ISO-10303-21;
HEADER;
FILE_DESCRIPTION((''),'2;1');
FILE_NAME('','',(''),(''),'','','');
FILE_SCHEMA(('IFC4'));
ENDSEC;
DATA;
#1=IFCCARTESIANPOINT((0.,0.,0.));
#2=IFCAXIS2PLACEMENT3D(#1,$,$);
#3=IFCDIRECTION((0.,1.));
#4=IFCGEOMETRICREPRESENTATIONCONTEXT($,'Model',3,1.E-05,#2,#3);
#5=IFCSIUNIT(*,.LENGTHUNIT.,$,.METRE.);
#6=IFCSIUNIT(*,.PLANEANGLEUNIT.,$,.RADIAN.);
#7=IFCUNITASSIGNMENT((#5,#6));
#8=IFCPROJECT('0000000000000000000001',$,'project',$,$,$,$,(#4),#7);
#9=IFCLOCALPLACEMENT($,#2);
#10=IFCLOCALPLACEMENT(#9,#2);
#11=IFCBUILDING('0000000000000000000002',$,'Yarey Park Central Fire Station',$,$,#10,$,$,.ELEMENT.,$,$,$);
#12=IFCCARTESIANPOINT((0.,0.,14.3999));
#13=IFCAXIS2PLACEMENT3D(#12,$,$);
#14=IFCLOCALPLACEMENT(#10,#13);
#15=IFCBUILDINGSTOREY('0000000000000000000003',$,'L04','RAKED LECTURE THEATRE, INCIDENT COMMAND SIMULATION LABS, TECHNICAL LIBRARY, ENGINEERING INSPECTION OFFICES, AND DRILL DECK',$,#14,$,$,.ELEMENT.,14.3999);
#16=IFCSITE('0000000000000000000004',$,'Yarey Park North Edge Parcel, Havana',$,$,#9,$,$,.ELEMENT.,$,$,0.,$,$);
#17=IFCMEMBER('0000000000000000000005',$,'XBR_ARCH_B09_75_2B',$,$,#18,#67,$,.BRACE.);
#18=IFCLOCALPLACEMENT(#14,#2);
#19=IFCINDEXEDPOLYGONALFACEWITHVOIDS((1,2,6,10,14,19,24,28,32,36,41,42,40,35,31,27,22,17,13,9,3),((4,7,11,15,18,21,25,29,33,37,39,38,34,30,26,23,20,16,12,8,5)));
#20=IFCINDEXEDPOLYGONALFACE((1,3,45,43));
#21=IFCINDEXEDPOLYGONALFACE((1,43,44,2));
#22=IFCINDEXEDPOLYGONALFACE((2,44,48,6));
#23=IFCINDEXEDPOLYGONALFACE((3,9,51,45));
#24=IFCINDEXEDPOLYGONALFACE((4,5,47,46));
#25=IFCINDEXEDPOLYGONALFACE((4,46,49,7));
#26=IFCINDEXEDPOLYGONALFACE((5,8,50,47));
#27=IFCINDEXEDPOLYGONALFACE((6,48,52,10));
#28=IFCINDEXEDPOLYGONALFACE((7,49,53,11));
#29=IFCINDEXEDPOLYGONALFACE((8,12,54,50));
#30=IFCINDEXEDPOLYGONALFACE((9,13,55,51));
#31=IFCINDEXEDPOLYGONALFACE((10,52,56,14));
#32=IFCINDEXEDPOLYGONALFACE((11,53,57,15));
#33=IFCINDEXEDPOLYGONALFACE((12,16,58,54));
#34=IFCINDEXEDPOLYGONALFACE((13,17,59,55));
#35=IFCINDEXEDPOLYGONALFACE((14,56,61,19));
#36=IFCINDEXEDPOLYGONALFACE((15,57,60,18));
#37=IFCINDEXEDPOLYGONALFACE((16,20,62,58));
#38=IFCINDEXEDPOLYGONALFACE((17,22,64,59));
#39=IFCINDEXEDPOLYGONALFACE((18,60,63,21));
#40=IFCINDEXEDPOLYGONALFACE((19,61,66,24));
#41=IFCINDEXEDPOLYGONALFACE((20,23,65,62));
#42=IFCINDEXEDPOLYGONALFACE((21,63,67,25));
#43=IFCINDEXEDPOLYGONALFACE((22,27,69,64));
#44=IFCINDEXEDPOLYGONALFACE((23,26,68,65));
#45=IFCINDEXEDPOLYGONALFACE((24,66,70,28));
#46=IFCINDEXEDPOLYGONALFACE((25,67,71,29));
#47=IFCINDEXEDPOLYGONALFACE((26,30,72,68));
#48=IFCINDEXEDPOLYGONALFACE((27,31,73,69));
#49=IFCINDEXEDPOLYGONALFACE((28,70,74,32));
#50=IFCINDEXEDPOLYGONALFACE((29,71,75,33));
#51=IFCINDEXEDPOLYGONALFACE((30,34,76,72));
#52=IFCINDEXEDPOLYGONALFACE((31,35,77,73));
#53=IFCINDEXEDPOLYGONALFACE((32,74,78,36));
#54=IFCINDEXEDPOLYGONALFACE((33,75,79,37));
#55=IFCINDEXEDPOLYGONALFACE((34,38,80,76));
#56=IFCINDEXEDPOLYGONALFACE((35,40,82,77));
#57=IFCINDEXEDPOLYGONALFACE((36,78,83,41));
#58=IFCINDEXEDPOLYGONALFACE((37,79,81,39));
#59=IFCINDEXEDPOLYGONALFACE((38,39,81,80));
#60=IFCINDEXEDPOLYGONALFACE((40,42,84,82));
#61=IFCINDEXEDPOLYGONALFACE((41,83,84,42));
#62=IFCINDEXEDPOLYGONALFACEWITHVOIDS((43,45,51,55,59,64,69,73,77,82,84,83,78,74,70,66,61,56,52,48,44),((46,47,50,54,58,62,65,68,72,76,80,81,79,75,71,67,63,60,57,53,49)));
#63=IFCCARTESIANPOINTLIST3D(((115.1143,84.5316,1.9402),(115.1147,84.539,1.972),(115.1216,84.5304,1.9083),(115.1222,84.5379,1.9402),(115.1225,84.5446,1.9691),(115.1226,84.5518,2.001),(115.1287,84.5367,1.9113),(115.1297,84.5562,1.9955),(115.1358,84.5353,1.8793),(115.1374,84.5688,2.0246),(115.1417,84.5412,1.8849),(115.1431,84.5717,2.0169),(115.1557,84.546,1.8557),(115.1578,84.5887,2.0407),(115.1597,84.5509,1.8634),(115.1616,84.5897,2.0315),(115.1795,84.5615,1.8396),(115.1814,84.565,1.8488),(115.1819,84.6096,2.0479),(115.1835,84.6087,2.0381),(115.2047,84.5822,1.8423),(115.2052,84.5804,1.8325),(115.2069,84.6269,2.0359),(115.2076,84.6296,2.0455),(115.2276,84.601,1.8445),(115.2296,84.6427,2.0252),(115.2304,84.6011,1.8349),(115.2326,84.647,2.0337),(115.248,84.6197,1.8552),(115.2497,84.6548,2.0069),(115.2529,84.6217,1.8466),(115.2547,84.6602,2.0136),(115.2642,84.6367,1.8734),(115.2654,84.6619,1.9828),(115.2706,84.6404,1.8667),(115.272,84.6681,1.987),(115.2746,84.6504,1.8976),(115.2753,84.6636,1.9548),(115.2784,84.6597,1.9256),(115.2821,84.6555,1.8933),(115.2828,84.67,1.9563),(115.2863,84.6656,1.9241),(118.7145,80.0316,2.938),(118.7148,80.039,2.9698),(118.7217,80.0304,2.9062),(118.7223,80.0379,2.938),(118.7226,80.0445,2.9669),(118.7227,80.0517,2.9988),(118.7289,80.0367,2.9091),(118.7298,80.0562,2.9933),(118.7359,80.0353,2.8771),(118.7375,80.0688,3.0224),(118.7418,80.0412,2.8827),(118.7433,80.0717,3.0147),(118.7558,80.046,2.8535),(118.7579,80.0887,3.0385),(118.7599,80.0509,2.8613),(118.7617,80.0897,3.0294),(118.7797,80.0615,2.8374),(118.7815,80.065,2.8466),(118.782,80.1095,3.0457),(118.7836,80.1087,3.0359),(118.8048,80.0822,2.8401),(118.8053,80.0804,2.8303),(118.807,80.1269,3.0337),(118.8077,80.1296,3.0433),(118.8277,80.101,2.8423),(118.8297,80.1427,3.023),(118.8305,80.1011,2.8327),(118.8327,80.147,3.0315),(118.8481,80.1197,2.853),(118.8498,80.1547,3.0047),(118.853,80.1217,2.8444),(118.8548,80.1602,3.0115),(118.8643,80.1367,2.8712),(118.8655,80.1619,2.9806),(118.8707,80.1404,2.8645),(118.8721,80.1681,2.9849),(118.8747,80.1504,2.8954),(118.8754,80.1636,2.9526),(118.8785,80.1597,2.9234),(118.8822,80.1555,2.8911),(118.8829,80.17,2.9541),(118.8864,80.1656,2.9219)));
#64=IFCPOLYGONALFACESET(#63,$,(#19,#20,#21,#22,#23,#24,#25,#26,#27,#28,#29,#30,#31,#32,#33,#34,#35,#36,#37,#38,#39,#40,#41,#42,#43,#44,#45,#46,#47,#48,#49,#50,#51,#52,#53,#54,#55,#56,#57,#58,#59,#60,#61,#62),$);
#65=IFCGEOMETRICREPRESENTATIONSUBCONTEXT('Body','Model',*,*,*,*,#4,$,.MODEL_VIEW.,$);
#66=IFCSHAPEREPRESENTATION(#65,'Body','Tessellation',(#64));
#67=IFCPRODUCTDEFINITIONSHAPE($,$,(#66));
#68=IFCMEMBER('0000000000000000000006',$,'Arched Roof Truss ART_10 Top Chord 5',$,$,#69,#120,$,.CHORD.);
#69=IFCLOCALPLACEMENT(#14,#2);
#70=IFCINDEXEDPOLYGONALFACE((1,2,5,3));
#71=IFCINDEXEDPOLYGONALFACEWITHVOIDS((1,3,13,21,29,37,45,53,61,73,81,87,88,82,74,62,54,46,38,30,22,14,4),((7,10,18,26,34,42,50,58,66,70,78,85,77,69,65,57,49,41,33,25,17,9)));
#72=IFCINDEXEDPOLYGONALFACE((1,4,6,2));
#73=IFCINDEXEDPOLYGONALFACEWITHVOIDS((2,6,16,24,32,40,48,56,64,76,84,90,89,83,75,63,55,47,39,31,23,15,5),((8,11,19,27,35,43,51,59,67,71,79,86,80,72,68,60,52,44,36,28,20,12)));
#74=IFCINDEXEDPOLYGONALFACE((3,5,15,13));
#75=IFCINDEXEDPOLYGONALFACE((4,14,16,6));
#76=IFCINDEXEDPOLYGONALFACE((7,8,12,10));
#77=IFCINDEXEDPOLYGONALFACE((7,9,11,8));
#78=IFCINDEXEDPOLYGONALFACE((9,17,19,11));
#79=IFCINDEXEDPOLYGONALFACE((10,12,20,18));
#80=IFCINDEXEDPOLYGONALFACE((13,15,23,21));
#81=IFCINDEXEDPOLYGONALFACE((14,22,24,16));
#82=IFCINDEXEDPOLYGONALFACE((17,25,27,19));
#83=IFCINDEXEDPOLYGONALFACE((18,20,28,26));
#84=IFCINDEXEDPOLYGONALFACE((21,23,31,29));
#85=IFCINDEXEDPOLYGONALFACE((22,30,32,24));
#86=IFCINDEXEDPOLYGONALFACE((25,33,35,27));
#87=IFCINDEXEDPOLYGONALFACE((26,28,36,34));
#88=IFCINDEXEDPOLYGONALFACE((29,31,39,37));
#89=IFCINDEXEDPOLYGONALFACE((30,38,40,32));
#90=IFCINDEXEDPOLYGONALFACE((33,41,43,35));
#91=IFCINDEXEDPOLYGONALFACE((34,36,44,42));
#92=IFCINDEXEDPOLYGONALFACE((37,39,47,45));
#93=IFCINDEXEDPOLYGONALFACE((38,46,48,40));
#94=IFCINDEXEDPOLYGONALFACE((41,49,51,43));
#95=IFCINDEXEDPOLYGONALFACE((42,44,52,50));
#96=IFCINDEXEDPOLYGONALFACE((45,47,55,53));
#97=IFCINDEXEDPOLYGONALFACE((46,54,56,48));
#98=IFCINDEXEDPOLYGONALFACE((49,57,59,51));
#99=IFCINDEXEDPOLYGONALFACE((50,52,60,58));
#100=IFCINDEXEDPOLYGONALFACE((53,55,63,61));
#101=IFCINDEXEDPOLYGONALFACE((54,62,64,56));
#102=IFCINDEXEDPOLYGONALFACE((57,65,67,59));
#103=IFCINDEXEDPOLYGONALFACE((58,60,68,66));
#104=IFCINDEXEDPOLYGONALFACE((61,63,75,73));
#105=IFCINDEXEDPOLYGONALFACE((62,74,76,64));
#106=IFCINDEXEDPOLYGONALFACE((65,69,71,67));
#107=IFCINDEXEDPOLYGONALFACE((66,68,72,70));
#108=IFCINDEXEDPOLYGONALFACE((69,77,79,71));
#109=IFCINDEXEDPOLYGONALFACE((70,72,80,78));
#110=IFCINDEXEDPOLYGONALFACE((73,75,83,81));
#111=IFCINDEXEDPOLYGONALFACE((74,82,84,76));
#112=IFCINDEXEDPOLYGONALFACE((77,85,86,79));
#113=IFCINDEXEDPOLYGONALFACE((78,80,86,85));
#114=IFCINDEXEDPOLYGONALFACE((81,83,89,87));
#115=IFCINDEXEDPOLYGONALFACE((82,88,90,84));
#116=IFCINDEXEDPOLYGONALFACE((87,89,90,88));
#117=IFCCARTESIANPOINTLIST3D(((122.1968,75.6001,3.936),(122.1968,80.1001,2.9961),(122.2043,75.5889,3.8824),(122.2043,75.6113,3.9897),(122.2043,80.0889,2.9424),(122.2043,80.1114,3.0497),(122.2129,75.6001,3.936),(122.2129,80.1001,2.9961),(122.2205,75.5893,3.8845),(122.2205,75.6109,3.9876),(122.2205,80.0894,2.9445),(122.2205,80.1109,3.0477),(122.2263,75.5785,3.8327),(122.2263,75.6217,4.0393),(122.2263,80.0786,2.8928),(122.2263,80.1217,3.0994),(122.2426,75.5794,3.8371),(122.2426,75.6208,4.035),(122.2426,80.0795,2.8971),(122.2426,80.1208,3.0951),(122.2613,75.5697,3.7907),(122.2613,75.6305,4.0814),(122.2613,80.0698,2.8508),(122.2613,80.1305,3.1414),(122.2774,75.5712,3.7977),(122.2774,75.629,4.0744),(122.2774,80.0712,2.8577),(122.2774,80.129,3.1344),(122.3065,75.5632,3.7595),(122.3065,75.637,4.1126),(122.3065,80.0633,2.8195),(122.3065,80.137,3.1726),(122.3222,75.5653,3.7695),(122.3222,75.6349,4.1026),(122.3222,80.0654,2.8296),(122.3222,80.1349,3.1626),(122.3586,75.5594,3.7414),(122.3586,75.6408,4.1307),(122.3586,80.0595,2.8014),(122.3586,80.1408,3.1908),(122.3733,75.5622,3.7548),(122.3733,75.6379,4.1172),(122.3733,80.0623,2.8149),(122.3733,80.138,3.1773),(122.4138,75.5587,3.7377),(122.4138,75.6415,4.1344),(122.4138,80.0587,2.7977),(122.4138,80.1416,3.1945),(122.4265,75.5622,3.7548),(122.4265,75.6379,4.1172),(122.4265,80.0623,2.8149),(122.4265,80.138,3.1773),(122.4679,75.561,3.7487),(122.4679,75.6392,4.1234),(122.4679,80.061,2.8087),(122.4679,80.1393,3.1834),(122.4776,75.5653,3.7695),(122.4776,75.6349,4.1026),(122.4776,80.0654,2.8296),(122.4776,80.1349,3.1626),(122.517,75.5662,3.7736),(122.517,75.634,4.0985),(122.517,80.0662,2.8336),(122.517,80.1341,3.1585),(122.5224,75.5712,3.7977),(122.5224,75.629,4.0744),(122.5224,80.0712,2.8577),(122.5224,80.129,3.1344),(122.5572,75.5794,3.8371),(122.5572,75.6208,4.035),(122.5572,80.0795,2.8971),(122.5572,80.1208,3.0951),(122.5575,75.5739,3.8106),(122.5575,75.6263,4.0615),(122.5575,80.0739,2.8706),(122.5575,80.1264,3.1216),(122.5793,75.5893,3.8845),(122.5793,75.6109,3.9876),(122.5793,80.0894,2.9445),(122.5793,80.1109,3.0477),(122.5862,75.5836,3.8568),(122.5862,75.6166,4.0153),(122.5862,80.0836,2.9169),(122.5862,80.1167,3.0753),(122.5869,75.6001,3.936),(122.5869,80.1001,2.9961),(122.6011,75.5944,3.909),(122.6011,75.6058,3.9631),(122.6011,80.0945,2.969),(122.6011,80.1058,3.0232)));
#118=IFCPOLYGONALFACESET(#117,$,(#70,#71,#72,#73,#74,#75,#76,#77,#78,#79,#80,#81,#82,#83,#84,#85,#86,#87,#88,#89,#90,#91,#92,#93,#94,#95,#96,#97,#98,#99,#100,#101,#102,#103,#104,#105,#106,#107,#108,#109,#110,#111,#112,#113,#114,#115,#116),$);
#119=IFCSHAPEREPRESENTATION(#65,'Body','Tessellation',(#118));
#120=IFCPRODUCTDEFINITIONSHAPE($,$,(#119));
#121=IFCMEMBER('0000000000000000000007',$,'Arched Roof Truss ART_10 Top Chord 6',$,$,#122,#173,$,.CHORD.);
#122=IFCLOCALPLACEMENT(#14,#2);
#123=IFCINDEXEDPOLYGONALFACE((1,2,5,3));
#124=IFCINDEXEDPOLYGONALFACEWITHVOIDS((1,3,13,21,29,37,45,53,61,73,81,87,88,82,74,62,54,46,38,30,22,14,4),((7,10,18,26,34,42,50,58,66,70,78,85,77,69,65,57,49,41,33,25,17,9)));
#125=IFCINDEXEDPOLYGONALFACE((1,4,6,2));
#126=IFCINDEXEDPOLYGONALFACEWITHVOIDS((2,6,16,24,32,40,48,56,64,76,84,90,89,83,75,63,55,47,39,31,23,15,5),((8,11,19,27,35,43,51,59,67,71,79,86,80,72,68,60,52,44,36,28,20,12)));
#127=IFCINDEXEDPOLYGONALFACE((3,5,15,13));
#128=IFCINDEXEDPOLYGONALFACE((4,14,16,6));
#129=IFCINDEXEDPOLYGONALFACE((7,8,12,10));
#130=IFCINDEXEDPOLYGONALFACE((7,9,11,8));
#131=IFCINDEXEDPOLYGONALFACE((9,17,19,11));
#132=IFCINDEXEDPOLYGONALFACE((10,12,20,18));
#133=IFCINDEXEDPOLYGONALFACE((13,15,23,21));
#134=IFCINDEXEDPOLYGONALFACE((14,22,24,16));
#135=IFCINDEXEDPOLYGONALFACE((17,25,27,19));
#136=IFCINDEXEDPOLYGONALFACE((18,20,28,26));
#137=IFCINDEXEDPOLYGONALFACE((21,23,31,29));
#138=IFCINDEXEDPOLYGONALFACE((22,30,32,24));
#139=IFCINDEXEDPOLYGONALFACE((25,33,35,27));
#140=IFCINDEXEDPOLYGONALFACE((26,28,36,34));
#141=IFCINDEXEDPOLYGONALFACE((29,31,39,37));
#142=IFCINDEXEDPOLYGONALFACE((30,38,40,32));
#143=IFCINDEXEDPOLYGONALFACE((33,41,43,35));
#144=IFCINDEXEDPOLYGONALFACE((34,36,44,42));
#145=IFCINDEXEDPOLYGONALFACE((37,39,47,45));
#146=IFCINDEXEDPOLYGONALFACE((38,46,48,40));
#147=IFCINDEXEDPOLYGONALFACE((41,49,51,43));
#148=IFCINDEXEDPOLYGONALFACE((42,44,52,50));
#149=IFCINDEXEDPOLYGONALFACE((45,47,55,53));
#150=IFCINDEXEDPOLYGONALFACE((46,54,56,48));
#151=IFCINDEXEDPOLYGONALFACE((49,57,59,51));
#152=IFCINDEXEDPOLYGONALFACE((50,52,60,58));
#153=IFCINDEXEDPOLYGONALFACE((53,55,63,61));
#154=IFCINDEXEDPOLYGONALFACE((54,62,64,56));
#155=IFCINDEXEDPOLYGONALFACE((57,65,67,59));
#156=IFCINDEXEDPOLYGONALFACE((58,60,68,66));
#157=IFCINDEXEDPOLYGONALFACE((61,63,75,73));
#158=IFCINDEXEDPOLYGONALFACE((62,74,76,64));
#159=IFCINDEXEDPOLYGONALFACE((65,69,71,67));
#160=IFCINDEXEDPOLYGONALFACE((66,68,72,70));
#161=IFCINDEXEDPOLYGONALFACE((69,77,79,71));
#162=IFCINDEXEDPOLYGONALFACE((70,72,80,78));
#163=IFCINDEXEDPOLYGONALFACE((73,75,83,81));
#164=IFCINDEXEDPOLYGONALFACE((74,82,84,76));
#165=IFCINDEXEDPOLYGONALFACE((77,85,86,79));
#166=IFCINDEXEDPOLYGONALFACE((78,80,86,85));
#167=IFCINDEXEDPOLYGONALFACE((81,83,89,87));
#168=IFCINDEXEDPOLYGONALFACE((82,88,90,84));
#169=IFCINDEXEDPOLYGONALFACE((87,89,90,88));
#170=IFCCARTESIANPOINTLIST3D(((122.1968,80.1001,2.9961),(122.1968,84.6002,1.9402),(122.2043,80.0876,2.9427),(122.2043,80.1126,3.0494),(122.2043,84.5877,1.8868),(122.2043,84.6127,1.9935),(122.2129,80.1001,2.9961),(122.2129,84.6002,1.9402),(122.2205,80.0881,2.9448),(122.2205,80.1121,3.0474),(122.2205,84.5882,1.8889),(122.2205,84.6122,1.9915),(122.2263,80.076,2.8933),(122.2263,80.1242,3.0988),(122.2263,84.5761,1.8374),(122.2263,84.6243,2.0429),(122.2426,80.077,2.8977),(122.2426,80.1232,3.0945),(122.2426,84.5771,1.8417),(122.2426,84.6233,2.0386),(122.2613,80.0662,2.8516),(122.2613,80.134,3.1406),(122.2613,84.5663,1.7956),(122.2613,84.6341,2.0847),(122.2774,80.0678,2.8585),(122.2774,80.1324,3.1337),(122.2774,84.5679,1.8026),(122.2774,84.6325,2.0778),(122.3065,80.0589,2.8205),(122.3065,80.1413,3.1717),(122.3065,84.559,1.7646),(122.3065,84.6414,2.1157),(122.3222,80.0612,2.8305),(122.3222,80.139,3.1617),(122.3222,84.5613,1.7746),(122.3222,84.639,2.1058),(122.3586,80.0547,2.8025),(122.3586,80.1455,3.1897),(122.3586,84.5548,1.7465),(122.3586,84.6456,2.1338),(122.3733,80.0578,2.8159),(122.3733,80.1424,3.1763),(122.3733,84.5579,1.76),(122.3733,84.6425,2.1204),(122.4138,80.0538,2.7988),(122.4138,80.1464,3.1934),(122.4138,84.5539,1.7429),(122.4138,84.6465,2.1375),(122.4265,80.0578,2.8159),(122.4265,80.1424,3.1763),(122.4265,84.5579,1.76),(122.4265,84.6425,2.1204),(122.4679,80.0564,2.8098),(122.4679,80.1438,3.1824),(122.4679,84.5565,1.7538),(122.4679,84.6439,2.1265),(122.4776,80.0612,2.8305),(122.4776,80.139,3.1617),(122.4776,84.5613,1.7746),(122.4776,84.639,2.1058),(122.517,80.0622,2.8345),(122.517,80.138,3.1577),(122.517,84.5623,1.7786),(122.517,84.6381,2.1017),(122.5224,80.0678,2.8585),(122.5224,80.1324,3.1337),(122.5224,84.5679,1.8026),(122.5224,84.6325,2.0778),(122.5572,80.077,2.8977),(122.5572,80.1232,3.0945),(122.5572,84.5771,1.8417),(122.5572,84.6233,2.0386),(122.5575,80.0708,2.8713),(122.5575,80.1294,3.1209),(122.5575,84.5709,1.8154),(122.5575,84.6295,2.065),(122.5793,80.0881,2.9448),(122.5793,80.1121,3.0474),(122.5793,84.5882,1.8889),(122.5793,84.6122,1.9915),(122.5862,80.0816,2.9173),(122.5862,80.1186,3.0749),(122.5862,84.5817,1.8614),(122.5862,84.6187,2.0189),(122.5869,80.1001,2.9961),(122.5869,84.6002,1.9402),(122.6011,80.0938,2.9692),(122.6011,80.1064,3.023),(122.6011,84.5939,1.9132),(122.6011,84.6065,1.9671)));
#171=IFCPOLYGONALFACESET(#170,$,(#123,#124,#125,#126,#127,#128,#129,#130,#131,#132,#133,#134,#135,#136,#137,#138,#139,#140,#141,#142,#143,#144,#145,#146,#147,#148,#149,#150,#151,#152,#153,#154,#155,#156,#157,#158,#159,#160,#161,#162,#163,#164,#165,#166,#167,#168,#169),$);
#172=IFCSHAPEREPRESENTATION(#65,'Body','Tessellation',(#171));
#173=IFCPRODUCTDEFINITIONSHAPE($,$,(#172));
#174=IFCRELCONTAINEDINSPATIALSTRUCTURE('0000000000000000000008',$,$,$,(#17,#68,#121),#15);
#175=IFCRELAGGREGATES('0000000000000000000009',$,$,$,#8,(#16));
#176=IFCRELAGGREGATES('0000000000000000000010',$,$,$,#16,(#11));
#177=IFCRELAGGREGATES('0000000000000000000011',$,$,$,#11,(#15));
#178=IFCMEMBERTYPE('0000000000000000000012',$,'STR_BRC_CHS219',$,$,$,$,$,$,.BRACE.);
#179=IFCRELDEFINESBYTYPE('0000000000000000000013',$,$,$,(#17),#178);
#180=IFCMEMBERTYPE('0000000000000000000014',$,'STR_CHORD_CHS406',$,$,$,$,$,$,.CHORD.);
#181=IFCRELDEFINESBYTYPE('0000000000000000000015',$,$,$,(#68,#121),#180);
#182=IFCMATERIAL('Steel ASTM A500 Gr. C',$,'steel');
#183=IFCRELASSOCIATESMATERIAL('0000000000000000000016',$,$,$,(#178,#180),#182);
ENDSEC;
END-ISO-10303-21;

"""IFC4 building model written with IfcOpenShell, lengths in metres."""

from ifc_helpers import new_model, si_unit, direction, frame, origin, origin_2d, place, context, subcontext, project, spatial, hollow_circle, extrude, material, material_profile, profile_set, type_object, element, save


model = new_model("IFC4")

# Units and contexts
model_context = context("Model", 3, precision=1e-05, world=origin(), true_north=direction((0.0, 1.0)))
body_context = subcontext(model_context, "Body", "Model", "MODEL_VIEW")
ifc_project = project(units=[si_unit("LENGTHUNIT", "METRE"), si_unit("PLANEANGLEUNIT", "RADIAN")], contexts=[model_context])

# Site, building, storey
site_placement = place(None, origin())
site = spatial("IfcSite", under=ifc_project, at=site_placement, Name="Yarey Park North Edge Parcel, Havana", CompositionType="ELEMENT", RefElevation=0.0)
building_placement = place(site_placement, origin())
building = spatial("IfcBuilding", under=site, at=building_placement, Name="Yarey Park Central Fire Station", CompositionType="ELEMENT")
storey_placement = place(building_placement, frame((0.0, 0.0, 14.3999)))
storey = spatial("IfcBuildingStorey", under=building, at=storey_placement, Name="L04", Description="RAKED LECTURE THEATRE, INCIDENT COMMAND SIMULATION LABS, TECHNICAL LIBRARY, ENGINEERING INSPECTION OFFICES, AND DRILL DECK", CompositionType="ELEMENT", Elevation=14.3999)

# Members
ifc_material_1 = material(Name="Steel ASTM A500 Gr. C", Category="steel")
ifc_material_profile_1 = material_profile(ifc_material_1, hollow_circle(Radius=0.1096, WallThickness=0.01, at=origin_2d()), Name="CHS 219.1x10")
ifc_profile_set_1 = profile_set([ifc_material_profile_1], Name="Steel ASTM A500 Gr. C")
member_type_1 = type_object("IfcMemberType", Name="STR_BRC_CHS219", PredefinedType="BRACE", material=ifc_profile_set_1)
member_1_placement = place(storey_placement, frame((118.8, 80.1001, 2.938), z_axis=(-0.615547, 0.769413, -0.170605), x_axis=(-0.780861, -0.624705, 0.0)))
element("IfcMember", 1, at=member_1_placement, inside=storey, type_object=member_type_1, Name="XBR_ARCH_B09_75_2B", PredefinedType="BRACE", context=body_context, shape_type="SweptSolid", body=[
    extrude(hollow_circle(Radius=0.1096, WallThickness=0.01, at=origin_2d()), origin(), (0.0, 0.0, 1.0), 5.8486),
])
ifc_material_profile_2 = material_profile(ifc_material_1, hollow_circle(Radius=0.2031, WallThickness=0.0161, at=origin_2d()), Name="CHS 406.4x16")
ifc_profile_set_2 = profile_set([ifc_material_profile_2], Name="Steel ASTM A500 Gr. C")
member_type_2 = type_object("IfcMemberType", Name="STR_CHORD_CHS406", PredefinedType="CHORD", material=ifc_profile_set_2)
member_2_placement = place(storey_placement, frame((122.3999, 75.6001, 3.936), z_axis=(0.0, 0.978874, -0.204463), x_axis=(-1.0, 0.0, 0.0)))
element("IfcMember", 2, at=member_2_placement, inside=storey, type_object=member_type_2, Name="Arched Roof Truss ART_10 Top Chord 5", PredefinedType="CHORD", context=body_context, shape_type="SweptSolid", body=[
    extrude(hollow_circle(Radius=0.2031, WallThickness=0.0161, at=origin_2d()), origin(), (0.0, 0.0, 1.0), 4.5972),
])
member_3_placement = place(storey_placement, frame((122.3999, 80.1001, 2.9961), z_axis=(0.0, 0.973558, -0.228442), x_axis=(-1.0, 0.0, 0.0)))
element("IfcMember", 3, at=member_3_placement, inside=storey, type_object=member_type_2, Name="Arched Roof Truss ART_10 Top Chord 6", PredefinedType="CHORD", context=body_context, shape_type="SweptSolid", body=[
    extrude(hollow_circle(Radius=0.2031, WallThickness=0.0161, at=origin_2d()), origin(), (0.0, 0.0, 1.0), 4.6223),
])

save(model, "model.ifc")
